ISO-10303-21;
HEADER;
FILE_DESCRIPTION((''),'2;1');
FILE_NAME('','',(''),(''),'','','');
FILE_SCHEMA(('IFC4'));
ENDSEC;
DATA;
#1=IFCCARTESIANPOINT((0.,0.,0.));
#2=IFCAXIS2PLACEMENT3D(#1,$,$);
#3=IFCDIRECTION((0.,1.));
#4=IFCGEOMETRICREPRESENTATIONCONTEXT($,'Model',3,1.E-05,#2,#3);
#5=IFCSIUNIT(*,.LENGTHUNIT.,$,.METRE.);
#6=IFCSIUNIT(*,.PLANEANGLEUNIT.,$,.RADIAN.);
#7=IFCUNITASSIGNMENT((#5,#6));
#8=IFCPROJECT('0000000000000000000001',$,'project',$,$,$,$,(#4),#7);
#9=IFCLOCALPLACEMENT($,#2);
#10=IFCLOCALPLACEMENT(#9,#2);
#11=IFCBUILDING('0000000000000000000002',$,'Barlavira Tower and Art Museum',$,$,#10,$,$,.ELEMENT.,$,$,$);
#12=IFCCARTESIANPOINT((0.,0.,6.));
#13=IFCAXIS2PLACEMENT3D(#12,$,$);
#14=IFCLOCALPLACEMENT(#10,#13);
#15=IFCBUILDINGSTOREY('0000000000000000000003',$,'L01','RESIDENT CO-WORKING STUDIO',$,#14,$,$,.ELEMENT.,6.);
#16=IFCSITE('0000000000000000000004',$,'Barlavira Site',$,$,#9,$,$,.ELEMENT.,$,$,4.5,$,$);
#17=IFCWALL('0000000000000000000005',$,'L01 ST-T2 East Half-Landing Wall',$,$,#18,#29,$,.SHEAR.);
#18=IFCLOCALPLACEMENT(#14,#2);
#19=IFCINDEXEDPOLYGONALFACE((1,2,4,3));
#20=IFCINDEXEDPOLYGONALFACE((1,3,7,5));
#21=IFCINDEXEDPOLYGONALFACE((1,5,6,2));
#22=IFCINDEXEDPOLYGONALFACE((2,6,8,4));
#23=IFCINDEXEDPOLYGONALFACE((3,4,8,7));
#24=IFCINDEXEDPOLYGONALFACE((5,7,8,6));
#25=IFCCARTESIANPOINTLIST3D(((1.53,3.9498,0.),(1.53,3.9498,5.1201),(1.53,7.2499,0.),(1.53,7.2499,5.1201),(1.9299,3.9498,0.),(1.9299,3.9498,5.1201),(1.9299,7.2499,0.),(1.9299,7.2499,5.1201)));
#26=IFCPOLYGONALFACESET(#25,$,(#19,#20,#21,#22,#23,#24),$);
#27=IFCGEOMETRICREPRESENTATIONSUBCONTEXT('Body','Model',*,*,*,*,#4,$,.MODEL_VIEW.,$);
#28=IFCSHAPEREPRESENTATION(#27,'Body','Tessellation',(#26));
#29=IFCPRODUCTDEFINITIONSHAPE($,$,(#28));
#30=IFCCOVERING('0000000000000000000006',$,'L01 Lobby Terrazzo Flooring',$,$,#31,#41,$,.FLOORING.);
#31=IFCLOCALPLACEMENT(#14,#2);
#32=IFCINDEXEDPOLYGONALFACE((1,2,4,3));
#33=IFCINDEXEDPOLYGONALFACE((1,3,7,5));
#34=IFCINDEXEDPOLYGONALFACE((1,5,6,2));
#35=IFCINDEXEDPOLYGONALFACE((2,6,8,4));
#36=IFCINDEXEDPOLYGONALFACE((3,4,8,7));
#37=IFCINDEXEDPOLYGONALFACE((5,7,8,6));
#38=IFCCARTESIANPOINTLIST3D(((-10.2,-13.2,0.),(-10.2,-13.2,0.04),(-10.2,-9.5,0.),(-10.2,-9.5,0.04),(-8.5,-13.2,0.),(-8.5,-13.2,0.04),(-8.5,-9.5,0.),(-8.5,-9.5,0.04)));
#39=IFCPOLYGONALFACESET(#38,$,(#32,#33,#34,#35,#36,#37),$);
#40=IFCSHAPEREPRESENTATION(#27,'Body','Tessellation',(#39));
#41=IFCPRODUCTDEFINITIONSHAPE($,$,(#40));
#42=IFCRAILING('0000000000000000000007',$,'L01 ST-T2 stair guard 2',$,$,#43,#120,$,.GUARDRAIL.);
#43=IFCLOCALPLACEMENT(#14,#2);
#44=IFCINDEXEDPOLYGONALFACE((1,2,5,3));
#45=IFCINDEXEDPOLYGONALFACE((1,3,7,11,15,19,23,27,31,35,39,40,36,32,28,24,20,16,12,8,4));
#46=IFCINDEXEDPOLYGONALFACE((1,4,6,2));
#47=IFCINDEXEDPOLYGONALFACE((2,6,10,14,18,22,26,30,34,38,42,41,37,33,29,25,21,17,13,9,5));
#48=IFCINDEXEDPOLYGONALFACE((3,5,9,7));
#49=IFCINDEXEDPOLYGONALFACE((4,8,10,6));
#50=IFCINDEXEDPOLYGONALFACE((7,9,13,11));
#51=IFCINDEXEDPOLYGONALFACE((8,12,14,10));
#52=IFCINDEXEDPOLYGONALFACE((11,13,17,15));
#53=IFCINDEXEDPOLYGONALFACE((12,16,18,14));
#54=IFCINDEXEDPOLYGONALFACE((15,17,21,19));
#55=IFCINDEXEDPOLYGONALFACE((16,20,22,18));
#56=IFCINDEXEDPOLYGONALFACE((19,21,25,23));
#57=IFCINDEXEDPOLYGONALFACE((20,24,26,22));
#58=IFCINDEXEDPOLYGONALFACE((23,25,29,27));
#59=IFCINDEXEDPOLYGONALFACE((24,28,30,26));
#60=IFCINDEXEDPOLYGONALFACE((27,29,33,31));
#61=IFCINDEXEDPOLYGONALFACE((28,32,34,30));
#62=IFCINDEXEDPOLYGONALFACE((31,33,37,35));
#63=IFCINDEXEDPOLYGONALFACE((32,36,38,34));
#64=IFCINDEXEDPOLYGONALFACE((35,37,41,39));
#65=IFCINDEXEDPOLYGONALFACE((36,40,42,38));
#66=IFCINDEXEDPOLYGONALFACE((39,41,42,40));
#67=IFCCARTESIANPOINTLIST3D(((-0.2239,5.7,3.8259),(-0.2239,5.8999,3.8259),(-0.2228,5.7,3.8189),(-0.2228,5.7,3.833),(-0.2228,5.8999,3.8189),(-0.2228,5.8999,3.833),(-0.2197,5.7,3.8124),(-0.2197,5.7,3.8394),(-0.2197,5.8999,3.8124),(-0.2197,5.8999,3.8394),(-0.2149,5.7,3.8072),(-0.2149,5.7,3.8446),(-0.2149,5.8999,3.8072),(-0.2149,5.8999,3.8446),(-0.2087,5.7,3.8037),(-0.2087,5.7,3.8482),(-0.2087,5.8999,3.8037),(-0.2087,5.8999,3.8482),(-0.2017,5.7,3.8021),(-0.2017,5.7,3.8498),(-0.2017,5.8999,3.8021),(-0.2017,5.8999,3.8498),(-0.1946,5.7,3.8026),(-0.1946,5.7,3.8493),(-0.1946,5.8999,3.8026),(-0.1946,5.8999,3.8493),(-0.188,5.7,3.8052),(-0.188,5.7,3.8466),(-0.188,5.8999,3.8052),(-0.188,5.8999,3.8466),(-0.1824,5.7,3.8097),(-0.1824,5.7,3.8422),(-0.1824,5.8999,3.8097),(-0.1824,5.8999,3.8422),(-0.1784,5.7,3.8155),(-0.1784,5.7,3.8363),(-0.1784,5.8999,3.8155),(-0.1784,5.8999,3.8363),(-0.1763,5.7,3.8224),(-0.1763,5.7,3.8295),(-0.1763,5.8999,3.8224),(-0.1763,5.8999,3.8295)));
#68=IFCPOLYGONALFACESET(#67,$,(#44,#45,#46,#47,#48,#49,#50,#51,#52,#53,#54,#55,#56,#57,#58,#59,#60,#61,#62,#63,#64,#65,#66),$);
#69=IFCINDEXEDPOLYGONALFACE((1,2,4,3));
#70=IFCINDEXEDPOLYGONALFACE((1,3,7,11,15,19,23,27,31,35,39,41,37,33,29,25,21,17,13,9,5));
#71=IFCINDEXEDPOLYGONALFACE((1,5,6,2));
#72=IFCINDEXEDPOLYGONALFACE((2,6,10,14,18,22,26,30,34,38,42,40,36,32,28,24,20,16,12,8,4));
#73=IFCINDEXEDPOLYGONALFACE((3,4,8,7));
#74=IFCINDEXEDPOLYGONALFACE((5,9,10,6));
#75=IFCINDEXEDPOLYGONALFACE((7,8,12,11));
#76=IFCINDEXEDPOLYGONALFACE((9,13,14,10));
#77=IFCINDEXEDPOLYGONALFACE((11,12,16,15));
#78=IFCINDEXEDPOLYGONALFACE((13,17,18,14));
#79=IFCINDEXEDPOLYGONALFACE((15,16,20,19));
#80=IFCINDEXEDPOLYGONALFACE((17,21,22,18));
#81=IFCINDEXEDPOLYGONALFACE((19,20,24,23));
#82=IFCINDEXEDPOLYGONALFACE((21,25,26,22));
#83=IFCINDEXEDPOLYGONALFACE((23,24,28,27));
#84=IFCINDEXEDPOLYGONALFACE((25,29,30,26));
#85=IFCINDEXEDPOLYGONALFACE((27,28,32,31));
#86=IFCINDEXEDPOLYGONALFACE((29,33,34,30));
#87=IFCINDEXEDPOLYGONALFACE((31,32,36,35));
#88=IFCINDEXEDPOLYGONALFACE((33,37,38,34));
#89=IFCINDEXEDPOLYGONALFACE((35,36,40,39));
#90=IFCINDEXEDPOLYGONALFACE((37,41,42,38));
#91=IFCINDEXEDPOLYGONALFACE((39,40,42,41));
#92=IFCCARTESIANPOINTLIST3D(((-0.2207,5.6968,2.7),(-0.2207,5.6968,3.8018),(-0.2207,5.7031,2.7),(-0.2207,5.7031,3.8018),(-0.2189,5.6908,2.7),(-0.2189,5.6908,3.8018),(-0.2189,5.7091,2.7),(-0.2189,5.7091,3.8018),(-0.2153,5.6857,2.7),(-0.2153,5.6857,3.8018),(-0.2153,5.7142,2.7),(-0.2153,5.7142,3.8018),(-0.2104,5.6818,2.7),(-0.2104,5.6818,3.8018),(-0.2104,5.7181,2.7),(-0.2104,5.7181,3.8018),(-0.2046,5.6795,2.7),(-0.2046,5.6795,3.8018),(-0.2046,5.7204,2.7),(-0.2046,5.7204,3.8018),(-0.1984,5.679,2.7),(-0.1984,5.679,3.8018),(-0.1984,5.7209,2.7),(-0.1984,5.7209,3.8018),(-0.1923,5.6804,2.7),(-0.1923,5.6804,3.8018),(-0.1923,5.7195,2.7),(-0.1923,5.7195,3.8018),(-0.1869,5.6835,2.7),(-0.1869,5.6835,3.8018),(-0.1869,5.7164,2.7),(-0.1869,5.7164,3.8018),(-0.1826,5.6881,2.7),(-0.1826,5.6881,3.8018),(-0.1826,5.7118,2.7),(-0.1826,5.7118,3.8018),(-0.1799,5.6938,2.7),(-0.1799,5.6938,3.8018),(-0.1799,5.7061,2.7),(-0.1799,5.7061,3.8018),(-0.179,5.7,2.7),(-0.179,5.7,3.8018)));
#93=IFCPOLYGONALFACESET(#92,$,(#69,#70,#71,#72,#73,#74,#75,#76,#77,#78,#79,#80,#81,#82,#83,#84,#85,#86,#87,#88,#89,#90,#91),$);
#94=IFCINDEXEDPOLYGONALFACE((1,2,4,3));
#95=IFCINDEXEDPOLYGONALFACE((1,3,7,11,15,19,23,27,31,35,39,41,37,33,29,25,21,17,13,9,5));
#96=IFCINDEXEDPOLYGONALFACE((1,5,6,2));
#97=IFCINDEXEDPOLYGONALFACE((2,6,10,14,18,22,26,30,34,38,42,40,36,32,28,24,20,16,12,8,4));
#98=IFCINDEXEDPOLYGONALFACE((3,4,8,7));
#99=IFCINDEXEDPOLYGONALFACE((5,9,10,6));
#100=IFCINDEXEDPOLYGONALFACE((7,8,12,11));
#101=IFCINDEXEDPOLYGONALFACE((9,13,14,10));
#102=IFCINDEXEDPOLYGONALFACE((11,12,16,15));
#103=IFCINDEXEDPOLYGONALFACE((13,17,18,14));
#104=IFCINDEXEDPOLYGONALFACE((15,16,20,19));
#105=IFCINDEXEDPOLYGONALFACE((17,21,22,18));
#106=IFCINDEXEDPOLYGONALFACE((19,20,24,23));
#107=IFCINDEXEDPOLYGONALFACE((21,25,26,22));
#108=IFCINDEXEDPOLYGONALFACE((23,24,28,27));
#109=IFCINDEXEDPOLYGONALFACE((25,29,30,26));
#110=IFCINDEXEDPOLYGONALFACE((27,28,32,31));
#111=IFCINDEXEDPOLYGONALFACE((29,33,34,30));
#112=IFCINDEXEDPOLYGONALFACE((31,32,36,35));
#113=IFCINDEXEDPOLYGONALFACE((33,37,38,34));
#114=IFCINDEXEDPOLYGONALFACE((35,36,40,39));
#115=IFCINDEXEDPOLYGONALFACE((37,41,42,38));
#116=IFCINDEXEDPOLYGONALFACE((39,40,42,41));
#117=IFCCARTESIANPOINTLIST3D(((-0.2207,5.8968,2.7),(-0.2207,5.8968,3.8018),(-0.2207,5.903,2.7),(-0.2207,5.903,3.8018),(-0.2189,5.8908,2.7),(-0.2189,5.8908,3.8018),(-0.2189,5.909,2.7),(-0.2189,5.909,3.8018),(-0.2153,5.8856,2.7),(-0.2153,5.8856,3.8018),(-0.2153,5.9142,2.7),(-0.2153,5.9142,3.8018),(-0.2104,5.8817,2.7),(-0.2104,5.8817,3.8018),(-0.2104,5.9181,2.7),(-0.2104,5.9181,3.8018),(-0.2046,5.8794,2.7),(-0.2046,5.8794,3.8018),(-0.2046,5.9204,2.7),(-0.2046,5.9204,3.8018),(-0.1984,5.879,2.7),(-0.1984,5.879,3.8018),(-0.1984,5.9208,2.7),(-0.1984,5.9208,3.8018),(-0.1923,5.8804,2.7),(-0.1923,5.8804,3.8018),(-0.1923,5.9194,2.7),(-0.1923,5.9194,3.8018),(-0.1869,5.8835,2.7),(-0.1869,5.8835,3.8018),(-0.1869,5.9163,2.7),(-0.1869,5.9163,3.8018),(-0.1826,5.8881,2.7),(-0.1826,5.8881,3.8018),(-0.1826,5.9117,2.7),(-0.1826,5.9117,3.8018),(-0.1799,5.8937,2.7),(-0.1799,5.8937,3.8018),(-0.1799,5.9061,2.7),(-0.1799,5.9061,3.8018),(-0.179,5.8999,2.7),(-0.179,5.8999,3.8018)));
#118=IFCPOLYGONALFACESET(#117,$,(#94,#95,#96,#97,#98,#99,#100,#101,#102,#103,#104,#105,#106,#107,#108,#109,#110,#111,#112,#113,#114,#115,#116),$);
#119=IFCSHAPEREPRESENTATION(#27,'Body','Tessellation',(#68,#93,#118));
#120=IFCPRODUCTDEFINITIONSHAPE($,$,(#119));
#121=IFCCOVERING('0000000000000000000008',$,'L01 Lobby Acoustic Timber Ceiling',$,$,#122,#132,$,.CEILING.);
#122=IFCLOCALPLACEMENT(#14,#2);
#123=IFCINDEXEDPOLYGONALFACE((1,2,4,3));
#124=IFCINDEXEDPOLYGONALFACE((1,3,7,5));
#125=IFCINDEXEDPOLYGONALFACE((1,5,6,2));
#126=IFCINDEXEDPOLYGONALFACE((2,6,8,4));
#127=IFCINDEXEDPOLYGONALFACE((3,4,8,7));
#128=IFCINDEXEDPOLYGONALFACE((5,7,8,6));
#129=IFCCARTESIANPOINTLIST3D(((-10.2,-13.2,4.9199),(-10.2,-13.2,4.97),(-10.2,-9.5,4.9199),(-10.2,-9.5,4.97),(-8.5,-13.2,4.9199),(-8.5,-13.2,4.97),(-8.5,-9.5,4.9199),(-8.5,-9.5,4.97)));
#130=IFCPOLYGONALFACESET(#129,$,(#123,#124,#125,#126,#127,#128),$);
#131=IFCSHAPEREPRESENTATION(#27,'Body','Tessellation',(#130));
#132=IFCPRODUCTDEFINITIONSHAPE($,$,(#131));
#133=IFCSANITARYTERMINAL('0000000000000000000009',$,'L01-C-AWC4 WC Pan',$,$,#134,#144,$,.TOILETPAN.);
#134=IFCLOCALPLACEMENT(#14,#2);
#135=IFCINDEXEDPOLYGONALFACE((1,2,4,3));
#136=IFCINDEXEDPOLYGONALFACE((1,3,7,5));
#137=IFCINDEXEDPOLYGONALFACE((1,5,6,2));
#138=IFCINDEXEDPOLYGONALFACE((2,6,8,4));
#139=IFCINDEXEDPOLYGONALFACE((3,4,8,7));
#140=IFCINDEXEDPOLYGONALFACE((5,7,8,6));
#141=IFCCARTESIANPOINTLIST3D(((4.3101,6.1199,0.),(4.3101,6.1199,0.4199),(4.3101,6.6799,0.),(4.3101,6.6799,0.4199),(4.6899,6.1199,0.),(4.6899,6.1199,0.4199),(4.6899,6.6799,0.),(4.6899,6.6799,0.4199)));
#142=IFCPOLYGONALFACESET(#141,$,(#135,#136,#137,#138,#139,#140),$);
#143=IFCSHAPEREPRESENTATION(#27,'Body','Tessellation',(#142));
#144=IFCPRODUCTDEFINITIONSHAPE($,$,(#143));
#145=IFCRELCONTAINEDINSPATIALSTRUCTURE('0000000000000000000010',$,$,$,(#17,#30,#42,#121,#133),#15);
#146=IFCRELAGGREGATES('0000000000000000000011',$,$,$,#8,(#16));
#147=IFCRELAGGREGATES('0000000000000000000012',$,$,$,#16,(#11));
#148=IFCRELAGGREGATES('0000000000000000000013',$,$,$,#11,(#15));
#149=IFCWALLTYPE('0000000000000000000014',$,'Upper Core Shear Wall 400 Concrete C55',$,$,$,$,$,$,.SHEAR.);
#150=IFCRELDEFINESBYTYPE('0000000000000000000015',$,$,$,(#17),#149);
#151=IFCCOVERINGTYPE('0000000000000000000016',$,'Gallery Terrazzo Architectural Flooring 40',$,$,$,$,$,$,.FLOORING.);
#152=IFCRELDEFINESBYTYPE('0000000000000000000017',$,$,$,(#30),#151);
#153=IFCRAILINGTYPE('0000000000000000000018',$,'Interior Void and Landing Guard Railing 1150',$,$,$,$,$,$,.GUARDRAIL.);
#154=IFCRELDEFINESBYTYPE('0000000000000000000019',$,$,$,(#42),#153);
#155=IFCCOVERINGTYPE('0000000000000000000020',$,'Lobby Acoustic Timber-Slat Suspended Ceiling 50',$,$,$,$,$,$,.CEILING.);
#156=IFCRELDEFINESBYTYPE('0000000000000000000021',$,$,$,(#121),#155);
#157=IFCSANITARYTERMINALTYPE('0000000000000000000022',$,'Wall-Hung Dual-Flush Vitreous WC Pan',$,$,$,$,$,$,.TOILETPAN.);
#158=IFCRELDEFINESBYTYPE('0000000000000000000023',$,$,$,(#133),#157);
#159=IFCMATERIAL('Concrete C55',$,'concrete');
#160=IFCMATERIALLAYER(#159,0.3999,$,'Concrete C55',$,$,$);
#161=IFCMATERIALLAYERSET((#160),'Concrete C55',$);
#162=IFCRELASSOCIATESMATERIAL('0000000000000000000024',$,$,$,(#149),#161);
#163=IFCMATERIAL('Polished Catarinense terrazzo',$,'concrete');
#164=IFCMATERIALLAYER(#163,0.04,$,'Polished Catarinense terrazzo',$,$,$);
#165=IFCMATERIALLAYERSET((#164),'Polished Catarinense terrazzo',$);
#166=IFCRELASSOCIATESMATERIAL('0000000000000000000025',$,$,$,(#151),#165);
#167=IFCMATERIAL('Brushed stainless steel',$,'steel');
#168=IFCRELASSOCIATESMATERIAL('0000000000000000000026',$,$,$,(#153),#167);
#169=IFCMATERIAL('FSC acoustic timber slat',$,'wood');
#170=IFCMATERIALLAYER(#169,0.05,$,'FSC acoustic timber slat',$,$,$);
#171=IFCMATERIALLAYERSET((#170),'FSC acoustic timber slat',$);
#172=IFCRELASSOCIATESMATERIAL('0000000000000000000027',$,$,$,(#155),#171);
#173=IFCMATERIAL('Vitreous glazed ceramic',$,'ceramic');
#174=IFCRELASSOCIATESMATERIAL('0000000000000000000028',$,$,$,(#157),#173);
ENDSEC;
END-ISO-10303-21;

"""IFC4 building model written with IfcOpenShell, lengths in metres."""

from ifc_helpers import new_model, si_unit, direction, frame, frame_2d, origin, origin_2d, place, context, subcontext, project, spatial, polyline, rectangle, circle, outline, extrude, material, layer, layer_set, type_object, element, save


model = new_model("IFC4")

# Units and contexts
model_context = context("Model", 3, precision=1e-05, world=origin(), true_north=direction((0.0, 1.0)))
body_context = subcontext(model_context, "Body", "Model", "MODEL_VIEW")
ifc_project = project(units=[si_unit("LENGTHUNIT", "METRE"), si_unit("PLANEANGLEUNIT", "RADIAN")], contexts=[model_context])

# Site, building, storey
site_placement = place(None, origin())
site = spatial("IfcSite", under=ifc_project, at=site_placement, Name="Barlavira Site", CompositionType="ELEMENT", RefElevation=4.5)
building_placement = place(site_placement, origin())
building = spatial("IfcBuilding", under=site, at=building_placement, Name="Barlavira Tower and Art Museum", CompositionType="ELEMENT")
storey_placement = place(building_placement, frame((0.0, 0.0, 6.0)))
storey = spatial("IfcBuildingStorey", under=building, at=storey_placement, Name="L01", Description="RESIDENT CO-WORKING STUDIO", CompositionType="ELEMENT", Elevation=6.0)

# Shared definitions
ifc_material_1 = material(Name="Brushed stainless steel", Category="steel")

# Wall
ifc_material_2 = material(Name="Concrete C55", Category="concrete")
ifc_layer_1 = layer(ifc_material_2, 0.3999, Name="Concrete C55")
ifc_layer_set_1 = layer_set([ifc_layer_1], Name="Concrete C55")
wall_type_1 = type_object("IfcWallType", Name="Upper Core Shear Wall 400 Concrete C55", PredefinedType="SHEAR", material=ifc_layer_set_1)
wall_1_placement = place(storey_placement, frame((1.73, 3.95, 0.0), z_axis=(0.0, 0.0, 1.0), x_axis=(0.0, 1.0, 0.0)))
element("IfcWall", 1, at=wall_1_placement, inside=storey, type_object=wall_type_1, Name="L01 ST-T2 East Half-Landing Wall", PredefinedType="SHEAR", context=body_context, shape_type="SweptSolid", body=[
    extrude(rectangle(XDim=3.3, YDim=0.3999, at=frame_2d((1.6499, 0.0))), origin(), (0.0, 0.0, 1.0), 5.1201),
])

# Covering
ifc_material_3 = material(Name="Polished Catarinense terrazzo", Category="concrete")
ifc_layer_2 = layer(ifc_material_3, 0.04, Name="Polished Catarinense terrazzo")
ifc_layer_set_2 = layer_set([ifc_layer_2], Name="Polished Catarinense terrazzo")
covering_type_1 = type_object("IfcCoveringType", Name="Gallery Terrazzo Architectural Flooring 40", PredefinedType="FLOORING", material=ifc_layer_set_2)
covering_1_placement = place(storey_placement, origin())
element("IfcCovering", 2, at=covering_1_placement, inside=storey, type_object=covering_type_1, Name="L01 Lobby Terrazzo Flooring", PredefinedType="FLOORING", context=body_context, shape_type="SweptSolid", body=[
    extrude(outline(polyline([(-10.2, -13.2), (-8.5, -13.2), (-8.5, -9.5), (-10.2, -9.5), (-10.2, -13.2)])), origin(), (0.0, 0.0, 1.0), 0.04),
])

# Railing
railing_type = type_object("IfcRailingType", Name="Interior Void and Landing Guard Railing 1150", PredefinedType="GUARDRAIL", material=ifc_material_1)
railing_placement = place(storey_placement, frame((-0.2, 5.7, 2.7)))
element("IfcRailing", 3, at=railing_placement, inside=storey, type_object=railing_type, Name="L01 ST-T2 stair guard 2", PredefinedType="GUARDRAIL", context=body_context, shape_type="SweptSolid", body=[
    extrude(circle(Radius=0.0239, at=origin_2d()), frame((0.0, 0.0, 1.126), z_axis=(0.0, 1.0, 0.0), x_axis=(-1.0, 0.0, 0.0)), (0.0, 0.0, 1.0), 0.2),
    extrude(circle(Radius=0.021, at=origin_2d()), origin(), (0.0, 0.0, 1.0), 1.1018),
    extrude(circle(Radius=0.021, at=origin_2d()), frame((0.0, 0.2, 0.0)), (0.0, 0.0, 1.0), 1.1018),
])

# Covering
ifc_material_4 = material(Name="FSC acoustic timber slat", Category="wood")
ifc_layer_3 = layer(ifc_material_4, 0.05, Name="FSC acoustic timber slat")
ifc_layer_set_3 = layer_set([ifc_layer_3], Name="FSC acoustic timber slat")
covering_type_2 = type_object("IfcCoveringType", Name="Lobby Acoustic Timber-Slat Suspended Ceiling 50", PredefinedType="CEILING", material=ifc_layer_set_3)
covering_2_placement = place(storey_placement, frame((0.0, 0.0, 4.9199)))
element("IfcCovering", 4, at=covering_2_placement, inside=storey, type_object=covering_type_2, Name="L01 Lobby Acoustic Timber Ceiling", PredefinedType="CEILING", context=body_context, shape_type="SweptSolid", body=[
    extrude(outline(polyline([(-10.2, -13.2), (-8.5, -13.2), (-8.5, -9.5), (-10.2, -9.5), (-10.2, -13.2)])), origin(), (0.0, 0.0, 1.0), 0.05),
])

# Sanitary terminal
ifc_material_5 = material(Name="Vitreous glazed ceramic", Category="ceramic")
sanitary_terminal_type = type_object("IfcSanitaryTerminalType", Name="Wall-Hung Dual-Flush Vitreous WC Pan", PredefinedType="TOILETPAN", material=ifc_material_5)
sanitary_terminal_placement = place(storey_placement, frame((4.5, 6.3999, 0.0), z_axis=(0.0, 0.0, 1.0), x_axis=(1.0, 0.0, 0.0)))
element("IfcSanitaryTerminal", 5, at=sanitary_terminal_placement, inside=storey, type_object=sanitary_terminal_type, Name="L01-C-AWC4 WC Pan", PredefinedType="TOILETPAN", context=body_context, shape_type="SweptSolid", body=[
    extrude(rectangle(XDim=0.3799, YDim=0.5601, at=origin_2d()), origin(), (0.0, 0.0, 1.0), 0.4199),
])

save(model, "model.ifc")
